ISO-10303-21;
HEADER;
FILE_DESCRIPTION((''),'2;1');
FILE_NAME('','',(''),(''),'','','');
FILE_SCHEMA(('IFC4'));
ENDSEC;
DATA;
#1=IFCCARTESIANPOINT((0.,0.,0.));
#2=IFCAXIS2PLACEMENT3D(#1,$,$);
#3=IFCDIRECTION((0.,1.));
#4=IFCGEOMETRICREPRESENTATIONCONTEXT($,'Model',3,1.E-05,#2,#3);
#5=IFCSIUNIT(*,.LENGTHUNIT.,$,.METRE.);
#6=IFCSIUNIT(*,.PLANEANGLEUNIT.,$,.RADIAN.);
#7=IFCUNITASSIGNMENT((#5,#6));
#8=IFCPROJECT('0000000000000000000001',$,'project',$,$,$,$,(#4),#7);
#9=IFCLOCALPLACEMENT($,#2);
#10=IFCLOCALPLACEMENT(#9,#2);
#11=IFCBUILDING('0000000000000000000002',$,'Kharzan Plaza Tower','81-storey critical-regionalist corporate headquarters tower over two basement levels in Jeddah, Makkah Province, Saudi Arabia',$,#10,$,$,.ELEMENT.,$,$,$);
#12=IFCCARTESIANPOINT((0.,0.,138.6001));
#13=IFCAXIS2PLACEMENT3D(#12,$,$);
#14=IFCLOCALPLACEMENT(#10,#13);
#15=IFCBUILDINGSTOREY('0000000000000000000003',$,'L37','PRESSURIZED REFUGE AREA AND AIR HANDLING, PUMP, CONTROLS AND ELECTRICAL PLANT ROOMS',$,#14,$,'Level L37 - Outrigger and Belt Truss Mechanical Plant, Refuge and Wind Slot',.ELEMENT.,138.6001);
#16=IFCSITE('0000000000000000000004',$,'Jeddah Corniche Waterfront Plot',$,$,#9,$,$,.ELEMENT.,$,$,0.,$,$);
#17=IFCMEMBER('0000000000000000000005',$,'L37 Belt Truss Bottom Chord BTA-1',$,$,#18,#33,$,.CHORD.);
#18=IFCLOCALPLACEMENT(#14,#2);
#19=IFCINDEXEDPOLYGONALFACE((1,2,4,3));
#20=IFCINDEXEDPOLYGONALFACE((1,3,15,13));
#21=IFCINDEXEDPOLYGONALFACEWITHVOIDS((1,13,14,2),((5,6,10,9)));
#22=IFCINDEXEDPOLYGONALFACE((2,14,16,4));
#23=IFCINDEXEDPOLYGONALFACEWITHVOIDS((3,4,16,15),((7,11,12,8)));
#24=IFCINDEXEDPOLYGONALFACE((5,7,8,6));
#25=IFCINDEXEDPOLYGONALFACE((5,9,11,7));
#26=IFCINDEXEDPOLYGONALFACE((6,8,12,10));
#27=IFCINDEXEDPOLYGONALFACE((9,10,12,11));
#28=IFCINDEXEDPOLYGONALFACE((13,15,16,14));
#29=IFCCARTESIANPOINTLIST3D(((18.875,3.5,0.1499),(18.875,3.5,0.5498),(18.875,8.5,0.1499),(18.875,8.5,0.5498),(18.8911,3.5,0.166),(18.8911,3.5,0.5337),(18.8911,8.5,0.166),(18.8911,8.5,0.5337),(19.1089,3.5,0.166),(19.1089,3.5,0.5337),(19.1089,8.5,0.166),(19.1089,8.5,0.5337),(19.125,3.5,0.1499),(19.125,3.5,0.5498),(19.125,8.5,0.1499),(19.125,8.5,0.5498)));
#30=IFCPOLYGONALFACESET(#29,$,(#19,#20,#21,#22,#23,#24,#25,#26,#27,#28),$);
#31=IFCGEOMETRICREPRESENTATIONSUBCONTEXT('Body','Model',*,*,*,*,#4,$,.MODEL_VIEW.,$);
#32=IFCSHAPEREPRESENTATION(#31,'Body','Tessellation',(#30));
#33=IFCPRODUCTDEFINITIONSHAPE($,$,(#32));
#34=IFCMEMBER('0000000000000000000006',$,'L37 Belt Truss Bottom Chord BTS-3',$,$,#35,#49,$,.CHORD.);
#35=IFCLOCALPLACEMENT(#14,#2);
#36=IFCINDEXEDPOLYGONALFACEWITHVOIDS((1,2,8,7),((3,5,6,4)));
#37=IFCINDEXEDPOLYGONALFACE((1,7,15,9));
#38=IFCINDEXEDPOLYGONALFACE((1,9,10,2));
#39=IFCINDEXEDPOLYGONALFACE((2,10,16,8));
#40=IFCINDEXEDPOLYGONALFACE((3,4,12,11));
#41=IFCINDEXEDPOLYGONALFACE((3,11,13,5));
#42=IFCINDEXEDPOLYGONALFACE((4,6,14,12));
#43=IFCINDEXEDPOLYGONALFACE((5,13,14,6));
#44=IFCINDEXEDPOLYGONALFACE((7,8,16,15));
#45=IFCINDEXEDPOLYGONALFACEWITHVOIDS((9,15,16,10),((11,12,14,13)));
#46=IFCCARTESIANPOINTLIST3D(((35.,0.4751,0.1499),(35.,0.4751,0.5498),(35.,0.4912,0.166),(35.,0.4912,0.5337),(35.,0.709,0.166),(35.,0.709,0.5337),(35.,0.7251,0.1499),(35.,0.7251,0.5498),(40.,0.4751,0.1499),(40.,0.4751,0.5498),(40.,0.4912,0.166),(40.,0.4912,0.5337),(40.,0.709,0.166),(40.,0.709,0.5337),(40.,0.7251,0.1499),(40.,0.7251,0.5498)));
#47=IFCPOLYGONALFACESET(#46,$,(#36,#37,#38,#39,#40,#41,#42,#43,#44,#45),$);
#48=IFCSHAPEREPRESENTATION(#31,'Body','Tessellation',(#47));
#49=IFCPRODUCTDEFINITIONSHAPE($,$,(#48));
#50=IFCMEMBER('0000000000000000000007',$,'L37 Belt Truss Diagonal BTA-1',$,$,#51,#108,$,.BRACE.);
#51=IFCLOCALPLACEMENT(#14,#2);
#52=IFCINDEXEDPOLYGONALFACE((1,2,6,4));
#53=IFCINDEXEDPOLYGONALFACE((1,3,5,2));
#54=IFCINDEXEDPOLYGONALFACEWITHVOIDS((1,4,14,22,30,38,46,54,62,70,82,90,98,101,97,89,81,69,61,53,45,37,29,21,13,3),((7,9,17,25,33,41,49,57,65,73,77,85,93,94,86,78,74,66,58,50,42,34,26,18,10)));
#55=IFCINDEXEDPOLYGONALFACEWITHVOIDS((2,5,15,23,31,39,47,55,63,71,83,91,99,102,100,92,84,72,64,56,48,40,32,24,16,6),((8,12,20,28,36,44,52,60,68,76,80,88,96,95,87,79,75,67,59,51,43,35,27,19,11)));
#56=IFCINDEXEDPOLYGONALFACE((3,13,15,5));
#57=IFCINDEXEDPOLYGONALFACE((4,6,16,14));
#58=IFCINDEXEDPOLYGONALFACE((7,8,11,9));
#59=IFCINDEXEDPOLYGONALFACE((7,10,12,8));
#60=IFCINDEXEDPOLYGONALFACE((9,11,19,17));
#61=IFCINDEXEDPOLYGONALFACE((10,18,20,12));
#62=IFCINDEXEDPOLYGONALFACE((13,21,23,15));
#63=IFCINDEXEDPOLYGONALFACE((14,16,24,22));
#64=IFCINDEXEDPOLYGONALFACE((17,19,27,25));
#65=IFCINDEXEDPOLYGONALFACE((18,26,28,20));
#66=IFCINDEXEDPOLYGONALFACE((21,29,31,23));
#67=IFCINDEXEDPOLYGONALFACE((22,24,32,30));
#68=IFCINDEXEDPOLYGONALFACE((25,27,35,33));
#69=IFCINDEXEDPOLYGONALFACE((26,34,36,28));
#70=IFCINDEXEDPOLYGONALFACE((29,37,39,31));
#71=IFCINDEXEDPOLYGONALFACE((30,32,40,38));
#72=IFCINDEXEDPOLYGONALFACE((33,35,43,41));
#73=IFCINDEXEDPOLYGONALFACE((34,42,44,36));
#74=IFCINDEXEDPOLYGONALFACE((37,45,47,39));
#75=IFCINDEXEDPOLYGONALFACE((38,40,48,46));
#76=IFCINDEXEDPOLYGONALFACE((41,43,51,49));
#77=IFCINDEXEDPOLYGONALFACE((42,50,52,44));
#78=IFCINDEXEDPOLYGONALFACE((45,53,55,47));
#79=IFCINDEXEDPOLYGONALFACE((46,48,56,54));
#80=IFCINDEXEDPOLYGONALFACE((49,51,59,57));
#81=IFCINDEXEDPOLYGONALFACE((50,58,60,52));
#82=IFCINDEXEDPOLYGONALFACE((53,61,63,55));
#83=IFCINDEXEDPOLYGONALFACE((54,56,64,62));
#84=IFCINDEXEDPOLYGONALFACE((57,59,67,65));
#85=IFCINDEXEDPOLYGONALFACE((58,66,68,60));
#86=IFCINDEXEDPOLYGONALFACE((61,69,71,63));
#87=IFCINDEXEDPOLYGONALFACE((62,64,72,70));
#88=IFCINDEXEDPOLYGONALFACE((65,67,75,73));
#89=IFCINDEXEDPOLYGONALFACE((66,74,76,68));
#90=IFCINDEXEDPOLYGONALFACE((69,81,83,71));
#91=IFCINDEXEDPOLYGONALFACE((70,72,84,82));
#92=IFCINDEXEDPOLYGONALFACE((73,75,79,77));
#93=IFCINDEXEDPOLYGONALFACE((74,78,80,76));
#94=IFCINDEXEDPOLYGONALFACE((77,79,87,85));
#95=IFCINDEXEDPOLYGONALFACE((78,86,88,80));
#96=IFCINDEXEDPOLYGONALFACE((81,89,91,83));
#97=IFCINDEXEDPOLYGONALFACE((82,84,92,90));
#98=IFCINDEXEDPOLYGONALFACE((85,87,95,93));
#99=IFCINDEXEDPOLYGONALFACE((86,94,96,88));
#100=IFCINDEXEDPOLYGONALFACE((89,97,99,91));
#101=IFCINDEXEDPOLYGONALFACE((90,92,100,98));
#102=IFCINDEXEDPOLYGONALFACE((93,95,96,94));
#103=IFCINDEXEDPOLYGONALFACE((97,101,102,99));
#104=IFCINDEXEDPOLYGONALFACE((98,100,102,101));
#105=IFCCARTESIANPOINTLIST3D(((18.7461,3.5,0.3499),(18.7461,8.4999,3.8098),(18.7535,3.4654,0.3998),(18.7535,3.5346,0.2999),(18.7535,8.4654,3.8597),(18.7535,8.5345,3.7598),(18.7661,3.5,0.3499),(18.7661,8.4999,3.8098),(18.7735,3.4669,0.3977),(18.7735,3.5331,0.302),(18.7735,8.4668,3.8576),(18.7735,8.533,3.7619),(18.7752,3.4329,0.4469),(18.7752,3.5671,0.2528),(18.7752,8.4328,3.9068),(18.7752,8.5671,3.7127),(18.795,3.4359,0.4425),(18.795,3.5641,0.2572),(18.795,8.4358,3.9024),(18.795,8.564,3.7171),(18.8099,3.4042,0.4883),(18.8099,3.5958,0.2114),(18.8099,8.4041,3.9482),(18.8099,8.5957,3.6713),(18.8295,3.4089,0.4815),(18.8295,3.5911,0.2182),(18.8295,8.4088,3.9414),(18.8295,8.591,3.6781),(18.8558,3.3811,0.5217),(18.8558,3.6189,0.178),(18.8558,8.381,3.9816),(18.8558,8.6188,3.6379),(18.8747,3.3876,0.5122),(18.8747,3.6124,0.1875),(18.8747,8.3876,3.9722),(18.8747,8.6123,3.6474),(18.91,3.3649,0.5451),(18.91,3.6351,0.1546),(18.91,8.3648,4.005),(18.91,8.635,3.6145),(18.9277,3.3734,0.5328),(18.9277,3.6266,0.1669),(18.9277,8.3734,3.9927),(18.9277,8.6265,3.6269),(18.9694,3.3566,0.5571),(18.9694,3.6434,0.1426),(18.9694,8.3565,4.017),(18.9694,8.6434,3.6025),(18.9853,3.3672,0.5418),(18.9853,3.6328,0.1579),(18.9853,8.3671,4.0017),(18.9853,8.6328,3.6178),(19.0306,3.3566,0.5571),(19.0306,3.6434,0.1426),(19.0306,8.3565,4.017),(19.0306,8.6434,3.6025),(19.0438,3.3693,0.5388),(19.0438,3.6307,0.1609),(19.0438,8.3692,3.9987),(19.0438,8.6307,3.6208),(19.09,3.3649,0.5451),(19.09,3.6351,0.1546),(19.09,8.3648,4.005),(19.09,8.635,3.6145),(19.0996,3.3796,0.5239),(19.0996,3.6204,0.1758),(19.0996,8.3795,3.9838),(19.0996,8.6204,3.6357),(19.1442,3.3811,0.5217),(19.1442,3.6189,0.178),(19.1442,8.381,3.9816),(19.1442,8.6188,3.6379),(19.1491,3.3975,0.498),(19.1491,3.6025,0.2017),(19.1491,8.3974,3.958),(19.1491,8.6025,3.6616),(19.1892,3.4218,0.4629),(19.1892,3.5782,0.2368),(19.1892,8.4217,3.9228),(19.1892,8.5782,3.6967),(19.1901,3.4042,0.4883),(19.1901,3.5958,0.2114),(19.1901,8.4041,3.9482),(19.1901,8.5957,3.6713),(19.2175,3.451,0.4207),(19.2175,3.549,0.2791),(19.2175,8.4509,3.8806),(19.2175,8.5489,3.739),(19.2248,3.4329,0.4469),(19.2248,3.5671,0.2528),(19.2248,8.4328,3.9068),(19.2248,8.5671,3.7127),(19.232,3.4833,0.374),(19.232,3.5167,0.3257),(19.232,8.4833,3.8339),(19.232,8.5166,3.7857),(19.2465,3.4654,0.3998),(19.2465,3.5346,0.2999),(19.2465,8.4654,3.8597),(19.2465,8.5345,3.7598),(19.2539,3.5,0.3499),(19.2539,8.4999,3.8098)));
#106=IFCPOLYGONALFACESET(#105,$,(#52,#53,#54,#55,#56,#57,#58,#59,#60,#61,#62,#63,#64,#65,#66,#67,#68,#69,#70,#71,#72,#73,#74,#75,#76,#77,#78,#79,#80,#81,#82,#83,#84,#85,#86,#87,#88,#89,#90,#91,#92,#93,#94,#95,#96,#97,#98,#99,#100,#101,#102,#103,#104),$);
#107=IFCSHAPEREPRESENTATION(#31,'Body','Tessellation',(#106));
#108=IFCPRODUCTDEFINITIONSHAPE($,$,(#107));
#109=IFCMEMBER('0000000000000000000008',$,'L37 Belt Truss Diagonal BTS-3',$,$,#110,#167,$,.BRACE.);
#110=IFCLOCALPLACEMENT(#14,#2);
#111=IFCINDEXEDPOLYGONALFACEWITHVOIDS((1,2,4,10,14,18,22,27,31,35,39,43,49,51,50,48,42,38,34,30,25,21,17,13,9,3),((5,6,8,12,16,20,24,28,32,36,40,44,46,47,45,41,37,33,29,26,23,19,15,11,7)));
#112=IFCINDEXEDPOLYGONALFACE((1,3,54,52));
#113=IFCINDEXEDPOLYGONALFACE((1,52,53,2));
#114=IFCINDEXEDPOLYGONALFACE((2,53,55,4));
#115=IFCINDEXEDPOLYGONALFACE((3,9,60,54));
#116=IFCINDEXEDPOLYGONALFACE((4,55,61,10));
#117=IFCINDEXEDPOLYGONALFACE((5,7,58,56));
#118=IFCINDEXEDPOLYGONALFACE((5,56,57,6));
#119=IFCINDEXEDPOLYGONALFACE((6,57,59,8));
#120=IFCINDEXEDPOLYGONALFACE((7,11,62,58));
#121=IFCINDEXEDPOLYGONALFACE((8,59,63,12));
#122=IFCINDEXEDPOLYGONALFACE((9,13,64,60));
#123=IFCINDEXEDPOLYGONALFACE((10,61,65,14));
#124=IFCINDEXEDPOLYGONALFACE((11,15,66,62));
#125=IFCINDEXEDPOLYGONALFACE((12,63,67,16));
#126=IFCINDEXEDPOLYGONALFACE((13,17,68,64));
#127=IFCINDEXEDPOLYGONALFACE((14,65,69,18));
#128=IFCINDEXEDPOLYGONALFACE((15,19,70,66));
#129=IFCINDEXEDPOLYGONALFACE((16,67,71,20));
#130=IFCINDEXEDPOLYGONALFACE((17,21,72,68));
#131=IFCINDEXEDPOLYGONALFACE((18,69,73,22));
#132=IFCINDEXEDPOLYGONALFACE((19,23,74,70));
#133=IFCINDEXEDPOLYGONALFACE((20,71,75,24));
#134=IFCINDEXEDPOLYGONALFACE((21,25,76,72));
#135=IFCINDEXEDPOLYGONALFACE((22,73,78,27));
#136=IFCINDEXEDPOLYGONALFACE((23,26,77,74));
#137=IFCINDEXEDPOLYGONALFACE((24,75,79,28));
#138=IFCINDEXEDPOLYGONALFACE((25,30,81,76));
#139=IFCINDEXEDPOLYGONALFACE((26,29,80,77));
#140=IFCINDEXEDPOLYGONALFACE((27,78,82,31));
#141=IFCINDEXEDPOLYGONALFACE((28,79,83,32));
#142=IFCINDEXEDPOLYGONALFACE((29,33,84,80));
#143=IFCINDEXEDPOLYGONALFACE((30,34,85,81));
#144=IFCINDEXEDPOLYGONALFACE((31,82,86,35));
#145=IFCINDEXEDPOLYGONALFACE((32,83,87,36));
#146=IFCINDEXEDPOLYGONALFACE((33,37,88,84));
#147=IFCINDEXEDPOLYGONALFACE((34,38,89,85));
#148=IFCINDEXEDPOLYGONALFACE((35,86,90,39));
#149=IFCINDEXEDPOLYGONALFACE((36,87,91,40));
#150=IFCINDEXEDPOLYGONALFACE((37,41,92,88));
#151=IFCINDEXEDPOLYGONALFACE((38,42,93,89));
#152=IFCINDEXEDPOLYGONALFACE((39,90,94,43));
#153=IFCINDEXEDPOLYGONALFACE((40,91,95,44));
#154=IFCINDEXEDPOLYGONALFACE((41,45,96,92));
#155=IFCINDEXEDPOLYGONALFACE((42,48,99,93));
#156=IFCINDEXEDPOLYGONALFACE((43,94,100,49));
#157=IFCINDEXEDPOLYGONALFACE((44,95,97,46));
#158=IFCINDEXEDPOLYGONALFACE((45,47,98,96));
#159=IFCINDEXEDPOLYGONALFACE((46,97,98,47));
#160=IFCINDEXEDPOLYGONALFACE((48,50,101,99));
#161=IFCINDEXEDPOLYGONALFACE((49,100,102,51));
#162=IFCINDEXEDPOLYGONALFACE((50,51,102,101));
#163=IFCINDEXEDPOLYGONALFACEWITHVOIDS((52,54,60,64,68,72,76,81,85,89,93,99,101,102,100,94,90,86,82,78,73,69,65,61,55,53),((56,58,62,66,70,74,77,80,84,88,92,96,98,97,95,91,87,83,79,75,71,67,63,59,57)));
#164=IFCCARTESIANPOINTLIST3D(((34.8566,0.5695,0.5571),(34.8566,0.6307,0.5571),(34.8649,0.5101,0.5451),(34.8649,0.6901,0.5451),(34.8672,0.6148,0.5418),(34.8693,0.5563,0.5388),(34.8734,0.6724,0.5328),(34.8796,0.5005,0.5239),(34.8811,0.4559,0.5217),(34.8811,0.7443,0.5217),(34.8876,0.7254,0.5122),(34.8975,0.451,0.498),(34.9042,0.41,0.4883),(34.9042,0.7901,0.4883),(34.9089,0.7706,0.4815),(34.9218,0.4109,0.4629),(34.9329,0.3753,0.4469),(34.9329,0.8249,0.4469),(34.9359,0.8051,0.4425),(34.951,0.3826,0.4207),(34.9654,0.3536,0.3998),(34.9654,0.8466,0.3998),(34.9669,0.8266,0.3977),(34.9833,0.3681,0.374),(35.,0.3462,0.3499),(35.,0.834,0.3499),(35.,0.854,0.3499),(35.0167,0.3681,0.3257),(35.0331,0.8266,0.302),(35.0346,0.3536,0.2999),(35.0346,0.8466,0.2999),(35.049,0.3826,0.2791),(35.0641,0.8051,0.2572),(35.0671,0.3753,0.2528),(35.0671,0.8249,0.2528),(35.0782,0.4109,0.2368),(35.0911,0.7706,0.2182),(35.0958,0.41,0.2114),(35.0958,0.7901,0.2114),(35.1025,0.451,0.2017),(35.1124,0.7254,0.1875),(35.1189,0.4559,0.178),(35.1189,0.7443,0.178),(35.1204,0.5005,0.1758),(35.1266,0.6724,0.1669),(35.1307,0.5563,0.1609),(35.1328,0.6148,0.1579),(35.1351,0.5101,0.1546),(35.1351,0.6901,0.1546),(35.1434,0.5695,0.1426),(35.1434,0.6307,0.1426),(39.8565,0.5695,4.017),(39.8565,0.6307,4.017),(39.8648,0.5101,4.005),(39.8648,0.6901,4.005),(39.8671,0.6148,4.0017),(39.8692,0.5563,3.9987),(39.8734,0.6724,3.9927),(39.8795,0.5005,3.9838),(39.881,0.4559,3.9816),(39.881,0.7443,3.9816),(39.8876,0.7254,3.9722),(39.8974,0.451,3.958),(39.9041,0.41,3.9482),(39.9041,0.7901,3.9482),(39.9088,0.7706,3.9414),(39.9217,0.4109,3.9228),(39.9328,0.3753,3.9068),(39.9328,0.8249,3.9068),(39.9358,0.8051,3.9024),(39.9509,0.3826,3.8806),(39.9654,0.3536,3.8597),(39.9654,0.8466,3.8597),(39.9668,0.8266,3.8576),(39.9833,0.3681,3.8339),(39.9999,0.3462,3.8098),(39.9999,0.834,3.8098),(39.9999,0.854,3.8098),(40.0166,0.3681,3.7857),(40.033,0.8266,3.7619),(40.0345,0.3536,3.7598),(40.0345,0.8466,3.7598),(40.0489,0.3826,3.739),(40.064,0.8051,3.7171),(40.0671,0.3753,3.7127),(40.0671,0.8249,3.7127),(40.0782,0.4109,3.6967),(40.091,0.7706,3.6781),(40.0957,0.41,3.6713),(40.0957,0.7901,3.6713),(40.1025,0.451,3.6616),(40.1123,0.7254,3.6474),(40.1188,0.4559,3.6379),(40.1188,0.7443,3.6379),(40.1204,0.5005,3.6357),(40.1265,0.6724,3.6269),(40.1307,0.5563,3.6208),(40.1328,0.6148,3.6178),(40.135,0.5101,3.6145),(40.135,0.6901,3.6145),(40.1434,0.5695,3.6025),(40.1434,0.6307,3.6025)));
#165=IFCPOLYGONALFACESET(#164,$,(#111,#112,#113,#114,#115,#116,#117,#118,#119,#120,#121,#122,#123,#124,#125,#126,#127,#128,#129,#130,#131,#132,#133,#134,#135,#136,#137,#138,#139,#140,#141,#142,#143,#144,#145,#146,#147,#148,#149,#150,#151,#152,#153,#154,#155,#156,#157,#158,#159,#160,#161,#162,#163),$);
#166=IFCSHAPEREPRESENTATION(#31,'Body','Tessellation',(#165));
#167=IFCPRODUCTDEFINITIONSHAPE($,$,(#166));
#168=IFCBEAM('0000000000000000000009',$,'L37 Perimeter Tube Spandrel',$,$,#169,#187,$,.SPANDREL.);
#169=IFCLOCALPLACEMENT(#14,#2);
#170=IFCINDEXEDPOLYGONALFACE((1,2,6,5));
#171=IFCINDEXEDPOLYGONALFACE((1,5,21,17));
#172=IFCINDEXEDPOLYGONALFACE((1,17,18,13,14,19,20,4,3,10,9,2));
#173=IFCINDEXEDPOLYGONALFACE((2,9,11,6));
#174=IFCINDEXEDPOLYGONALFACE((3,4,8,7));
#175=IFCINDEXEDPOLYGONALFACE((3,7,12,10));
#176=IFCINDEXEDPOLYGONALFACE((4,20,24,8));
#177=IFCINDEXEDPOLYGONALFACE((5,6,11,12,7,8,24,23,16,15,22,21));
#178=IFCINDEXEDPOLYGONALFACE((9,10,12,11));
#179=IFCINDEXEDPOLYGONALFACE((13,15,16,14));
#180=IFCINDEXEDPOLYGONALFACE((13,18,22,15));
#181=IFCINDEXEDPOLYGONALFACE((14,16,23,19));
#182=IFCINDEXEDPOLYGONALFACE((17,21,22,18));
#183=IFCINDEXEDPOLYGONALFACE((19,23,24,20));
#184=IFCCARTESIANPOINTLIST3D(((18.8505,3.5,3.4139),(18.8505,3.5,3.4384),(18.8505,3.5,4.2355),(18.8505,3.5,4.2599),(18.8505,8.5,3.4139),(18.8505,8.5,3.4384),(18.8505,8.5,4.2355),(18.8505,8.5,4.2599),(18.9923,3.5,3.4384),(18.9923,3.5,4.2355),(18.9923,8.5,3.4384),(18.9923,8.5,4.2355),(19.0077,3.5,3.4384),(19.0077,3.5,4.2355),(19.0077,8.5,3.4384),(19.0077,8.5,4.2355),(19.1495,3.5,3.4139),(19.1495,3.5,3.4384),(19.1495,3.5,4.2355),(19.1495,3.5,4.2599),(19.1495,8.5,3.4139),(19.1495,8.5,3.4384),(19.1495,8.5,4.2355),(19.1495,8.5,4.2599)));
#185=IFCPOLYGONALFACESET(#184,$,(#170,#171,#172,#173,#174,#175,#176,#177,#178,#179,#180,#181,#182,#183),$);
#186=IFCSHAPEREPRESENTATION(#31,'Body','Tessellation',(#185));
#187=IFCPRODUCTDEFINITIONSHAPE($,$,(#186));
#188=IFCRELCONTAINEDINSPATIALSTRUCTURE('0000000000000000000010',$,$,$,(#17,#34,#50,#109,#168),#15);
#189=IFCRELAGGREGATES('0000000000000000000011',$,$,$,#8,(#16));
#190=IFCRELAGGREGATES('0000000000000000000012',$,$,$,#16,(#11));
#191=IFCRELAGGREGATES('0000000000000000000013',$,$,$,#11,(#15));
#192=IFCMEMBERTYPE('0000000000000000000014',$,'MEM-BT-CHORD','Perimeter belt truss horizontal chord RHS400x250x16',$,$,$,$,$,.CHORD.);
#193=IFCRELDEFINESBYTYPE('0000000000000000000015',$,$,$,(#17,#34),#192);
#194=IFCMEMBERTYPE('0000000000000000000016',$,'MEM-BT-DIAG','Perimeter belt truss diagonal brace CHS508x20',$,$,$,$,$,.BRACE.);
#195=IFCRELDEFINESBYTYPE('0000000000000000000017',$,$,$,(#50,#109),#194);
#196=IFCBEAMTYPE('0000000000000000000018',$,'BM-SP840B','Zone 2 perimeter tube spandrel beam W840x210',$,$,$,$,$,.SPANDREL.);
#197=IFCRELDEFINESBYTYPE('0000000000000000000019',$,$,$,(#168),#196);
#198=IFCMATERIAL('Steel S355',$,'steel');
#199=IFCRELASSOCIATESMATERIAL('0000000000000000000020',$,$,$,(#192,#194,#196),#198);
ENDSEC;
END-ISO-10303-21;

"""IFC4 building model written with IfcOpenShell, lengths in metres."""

from ifc_helpers import new_model, si_unit, direction, frame, origin, origin_2d, place, context, subcontext, project, spatial, hollow_rectangle, hollow_circle, i_section, extrude, source, transform, mapped, material, material_profile, profile_set, type_object, element, save


model = new_model("IFC4")

# Units and contexts
model_context = context("Model", 3, precision=1e-05, world=origin(), true_north=direction((0.0, 1.0)))
body_context = subcontext(model_context, "Body", "Model", "MODEL_VIEW")
ifc_project = project(units=[si_unit("LENGTHUNIT", "METRE"), si_unit("PLANEANGLEUNIT", "RADIAN")], contexts=[model_context])

# Site, building, storey
site_placement = place(None, origin())
site = spatial("IfcSite", under=ifc_project, at=site_placement, Name="Jeddah Corniche Waterfront Plot", CompositionType="ELEMENT", RefElevation=0.0)
building_placement = place(site_placement, origin())
building = spatial("IfcBuilding", under=site, at=building_placement, Name="Kharzan Plaza Tower", Description="81-storey critical-regionalist corporate headquarters tower over two basement levels in Jeddah, Makkah Province, Saudi Arabia", CompositionType="ELEMENT")
storey_placement = place(building_placement, frame((0.0, 0.0, 138.6001)))
storey = spatial("IfcBuildingStorey", under=building, at=storey_placement, Name="L37", Description="PRESSURIZED REFUGE AREA AND AIR HANDLING, PUMP, CONTROLS AND ELECTRICAL PLANT ROOMS", LongName="Level L37 - Outrigger and Belt Truss Mechanical Plant, Refuge and Wind Slot", CompositionType="ELEMENT", Elevation=138.6001)

# Shared definitions
ifc_material_1 = material(Name="Steel S355", Category="steel")

# Members
ifc_material_profile_1 = material_profile(ifc_material_1, hollow_rectangle(XDim=0.25, YDim=0.3999, WallThickness=0.0161, at=origin_2d()), Name="RHS400x250x16")
ifc_profile_set_1 = profile_set([ifc_material_profile_1], Name="Steel S355")
member_type_1 = type_object("IfcMemberType", Name="MEM-BT-CHORD", Description="Perimeter belt truss horizontal chord RHS400x250x16", PredefinedType="CHORD", material=ifc_profile_set_1)
shared_shape_1 = source(origin(), body_context, "Body", "SweptSolid", [
    extrude(hollow_rectangle(XDim=0.25, YDim=0.3999, WallThickness=0.0161, at=origin_2d()), origin(), (0.0, 0.0, 1.0), 5.0),
])
for number, where, z_axis, x_axis, name in (
    (1, (19.0, 3.5, 0.3499), (0.0, 1.0, 0.0), (-1.0, 0.0, 0.0), "L37 Belt Truss Bottom Chord BTA-1"),
    (2, (35.0, 0.6001, 0.3499), (1.0, 0.0, 0.0), (0.0, 1.0, 0.0), "L37 Belt Truss Bottom Chord BTS-3"),
):
    element("IfcMember", number, at=place(storey_placement, frame(where, z_axis=z_axis, x_axis=x_axis)), inside=storey, type_object=member_type_1, Name=name, PredefinedType="CHORD", context=body_context, shape_type="MappedRepresentation", body=[
        mapped(shared_shape_1, transform((0.0, 0.0, 0.0), x_axis=(1.0, 0.0, 0.0), y_axis=(0.0, 1.0, 0.0), z_axis=(0.0, 0.0, 1.0))),
    ])
ifc_material_profile_2 = material_profile(ifc_material_1, hollow_circle(Radius=0.2539, WallThickness=0.02, at=origin_2d()), Name="CHS508x20")
ifc_profile_set_2 = profile_set([ifc_material_profile_2], Name="Steel S355")
member_type_2 = type_object("IfcMemberType", Name="MEM-BT-DIAG", Description="Perimeter belt truss diagonal brace CHS508x20", PredefinedType="BRACE", material=ifc_profile_set_2)
shared_shape_2 = source(origin(), body_context, "Body", "SweptSolid", [
    extrude(hollow_circle(Radius=0.2539, WallThickness=0.02, at=origin_2d()), origin(), (0.0, 0.0, 1.0), 6.0803),
])
for number, where, z_axis, x_axis, name in (
    (3, (19.0, 3.5, 0.3499), (0.0, 0.822314, 0.569035), (-1.0, 0.0, 0.0), "L37 Belt Truss Diagonal BTA-1"),
    (4, (35.0, 0.6001, 0.3499), (0.822314, 0.0, 0.569035), (0.0, 1.0, 0.0), "L37 Belt Truss Diagonal BTS-3"),
):
    element("IfcMember", number, at=place(storey_placement, frame(where, z_axis=z_axis, x_axis=x_axis)), inside=storey, type_object=member_type_2, Name=name, PredefinedType="BRACE", context=body_context, shape_type="MappedRepresentation", body=[
        mapped(shared_shape_2, transform((0.0, 0.0, 0.0), x_axis=(1.0, 0.0, 0.0), y_axis=(0.0, 1.0, 0.0), z_axis=(0.0, 0.0, 1.0))),
    ])

# Beam
ifc_material_profile_3 = material_profile(ifc_material_1, i_section(OverallWidth=0.2991, OverallDepth=0.8459, WebThickness=0.0154, FlangeThickness=0.0244, at=origin_2d()), Name="W840x210")
ifc_profile_set_3 = profile_set([ifc_material_profile_3], Name="Steel S355")
beam_type_1 = type_object("IfcBeamType", Name="BM-SP840B", Description="Zone 2 perimeter tube spandrel beam W840x210", PredefinedType="SPANDREL", material=ifc_profile_set_3)
shared_shape_3 = source(origin(), body_context, "Body", "SweptSolid", [
    extrude(i_section(OverallWidth=0.2991, OverallDepth=0.8459, WebThickness=0.0154, FlangeThickness=0.0244, at=origin_2d()), origin(), (0.0, 0.0, 1.0), 5.0),
])
for number, where, z_axis, x_axis, name in (
    (5, (19.0, 3.5, 3.8369), (0.0, 1.0, 0.0), (-1.0, 0.0, 0.0), "L37 Perimeter Tube Spandrel"),
):
    element("IfcBeam", number, at=place(storey_placement, frame(where, z_axis=z_axis, x_axis=x_axis)), inside=storey, type_object=beam_type_1, Name=name, PredefinedType="SPANDREL", context=body_context, shape_type="MappedRepresentation", body=[
        mapped(shared_shape_3, transform((0.0, 0.0, 0.0), x_axis=(1.0, 0.0, 0.0), y_axis=(0.0, 1.0, 0.0), z_axis=(0.0, 0.0, 1.0))),
    ])

save(model, "model.ifc")
